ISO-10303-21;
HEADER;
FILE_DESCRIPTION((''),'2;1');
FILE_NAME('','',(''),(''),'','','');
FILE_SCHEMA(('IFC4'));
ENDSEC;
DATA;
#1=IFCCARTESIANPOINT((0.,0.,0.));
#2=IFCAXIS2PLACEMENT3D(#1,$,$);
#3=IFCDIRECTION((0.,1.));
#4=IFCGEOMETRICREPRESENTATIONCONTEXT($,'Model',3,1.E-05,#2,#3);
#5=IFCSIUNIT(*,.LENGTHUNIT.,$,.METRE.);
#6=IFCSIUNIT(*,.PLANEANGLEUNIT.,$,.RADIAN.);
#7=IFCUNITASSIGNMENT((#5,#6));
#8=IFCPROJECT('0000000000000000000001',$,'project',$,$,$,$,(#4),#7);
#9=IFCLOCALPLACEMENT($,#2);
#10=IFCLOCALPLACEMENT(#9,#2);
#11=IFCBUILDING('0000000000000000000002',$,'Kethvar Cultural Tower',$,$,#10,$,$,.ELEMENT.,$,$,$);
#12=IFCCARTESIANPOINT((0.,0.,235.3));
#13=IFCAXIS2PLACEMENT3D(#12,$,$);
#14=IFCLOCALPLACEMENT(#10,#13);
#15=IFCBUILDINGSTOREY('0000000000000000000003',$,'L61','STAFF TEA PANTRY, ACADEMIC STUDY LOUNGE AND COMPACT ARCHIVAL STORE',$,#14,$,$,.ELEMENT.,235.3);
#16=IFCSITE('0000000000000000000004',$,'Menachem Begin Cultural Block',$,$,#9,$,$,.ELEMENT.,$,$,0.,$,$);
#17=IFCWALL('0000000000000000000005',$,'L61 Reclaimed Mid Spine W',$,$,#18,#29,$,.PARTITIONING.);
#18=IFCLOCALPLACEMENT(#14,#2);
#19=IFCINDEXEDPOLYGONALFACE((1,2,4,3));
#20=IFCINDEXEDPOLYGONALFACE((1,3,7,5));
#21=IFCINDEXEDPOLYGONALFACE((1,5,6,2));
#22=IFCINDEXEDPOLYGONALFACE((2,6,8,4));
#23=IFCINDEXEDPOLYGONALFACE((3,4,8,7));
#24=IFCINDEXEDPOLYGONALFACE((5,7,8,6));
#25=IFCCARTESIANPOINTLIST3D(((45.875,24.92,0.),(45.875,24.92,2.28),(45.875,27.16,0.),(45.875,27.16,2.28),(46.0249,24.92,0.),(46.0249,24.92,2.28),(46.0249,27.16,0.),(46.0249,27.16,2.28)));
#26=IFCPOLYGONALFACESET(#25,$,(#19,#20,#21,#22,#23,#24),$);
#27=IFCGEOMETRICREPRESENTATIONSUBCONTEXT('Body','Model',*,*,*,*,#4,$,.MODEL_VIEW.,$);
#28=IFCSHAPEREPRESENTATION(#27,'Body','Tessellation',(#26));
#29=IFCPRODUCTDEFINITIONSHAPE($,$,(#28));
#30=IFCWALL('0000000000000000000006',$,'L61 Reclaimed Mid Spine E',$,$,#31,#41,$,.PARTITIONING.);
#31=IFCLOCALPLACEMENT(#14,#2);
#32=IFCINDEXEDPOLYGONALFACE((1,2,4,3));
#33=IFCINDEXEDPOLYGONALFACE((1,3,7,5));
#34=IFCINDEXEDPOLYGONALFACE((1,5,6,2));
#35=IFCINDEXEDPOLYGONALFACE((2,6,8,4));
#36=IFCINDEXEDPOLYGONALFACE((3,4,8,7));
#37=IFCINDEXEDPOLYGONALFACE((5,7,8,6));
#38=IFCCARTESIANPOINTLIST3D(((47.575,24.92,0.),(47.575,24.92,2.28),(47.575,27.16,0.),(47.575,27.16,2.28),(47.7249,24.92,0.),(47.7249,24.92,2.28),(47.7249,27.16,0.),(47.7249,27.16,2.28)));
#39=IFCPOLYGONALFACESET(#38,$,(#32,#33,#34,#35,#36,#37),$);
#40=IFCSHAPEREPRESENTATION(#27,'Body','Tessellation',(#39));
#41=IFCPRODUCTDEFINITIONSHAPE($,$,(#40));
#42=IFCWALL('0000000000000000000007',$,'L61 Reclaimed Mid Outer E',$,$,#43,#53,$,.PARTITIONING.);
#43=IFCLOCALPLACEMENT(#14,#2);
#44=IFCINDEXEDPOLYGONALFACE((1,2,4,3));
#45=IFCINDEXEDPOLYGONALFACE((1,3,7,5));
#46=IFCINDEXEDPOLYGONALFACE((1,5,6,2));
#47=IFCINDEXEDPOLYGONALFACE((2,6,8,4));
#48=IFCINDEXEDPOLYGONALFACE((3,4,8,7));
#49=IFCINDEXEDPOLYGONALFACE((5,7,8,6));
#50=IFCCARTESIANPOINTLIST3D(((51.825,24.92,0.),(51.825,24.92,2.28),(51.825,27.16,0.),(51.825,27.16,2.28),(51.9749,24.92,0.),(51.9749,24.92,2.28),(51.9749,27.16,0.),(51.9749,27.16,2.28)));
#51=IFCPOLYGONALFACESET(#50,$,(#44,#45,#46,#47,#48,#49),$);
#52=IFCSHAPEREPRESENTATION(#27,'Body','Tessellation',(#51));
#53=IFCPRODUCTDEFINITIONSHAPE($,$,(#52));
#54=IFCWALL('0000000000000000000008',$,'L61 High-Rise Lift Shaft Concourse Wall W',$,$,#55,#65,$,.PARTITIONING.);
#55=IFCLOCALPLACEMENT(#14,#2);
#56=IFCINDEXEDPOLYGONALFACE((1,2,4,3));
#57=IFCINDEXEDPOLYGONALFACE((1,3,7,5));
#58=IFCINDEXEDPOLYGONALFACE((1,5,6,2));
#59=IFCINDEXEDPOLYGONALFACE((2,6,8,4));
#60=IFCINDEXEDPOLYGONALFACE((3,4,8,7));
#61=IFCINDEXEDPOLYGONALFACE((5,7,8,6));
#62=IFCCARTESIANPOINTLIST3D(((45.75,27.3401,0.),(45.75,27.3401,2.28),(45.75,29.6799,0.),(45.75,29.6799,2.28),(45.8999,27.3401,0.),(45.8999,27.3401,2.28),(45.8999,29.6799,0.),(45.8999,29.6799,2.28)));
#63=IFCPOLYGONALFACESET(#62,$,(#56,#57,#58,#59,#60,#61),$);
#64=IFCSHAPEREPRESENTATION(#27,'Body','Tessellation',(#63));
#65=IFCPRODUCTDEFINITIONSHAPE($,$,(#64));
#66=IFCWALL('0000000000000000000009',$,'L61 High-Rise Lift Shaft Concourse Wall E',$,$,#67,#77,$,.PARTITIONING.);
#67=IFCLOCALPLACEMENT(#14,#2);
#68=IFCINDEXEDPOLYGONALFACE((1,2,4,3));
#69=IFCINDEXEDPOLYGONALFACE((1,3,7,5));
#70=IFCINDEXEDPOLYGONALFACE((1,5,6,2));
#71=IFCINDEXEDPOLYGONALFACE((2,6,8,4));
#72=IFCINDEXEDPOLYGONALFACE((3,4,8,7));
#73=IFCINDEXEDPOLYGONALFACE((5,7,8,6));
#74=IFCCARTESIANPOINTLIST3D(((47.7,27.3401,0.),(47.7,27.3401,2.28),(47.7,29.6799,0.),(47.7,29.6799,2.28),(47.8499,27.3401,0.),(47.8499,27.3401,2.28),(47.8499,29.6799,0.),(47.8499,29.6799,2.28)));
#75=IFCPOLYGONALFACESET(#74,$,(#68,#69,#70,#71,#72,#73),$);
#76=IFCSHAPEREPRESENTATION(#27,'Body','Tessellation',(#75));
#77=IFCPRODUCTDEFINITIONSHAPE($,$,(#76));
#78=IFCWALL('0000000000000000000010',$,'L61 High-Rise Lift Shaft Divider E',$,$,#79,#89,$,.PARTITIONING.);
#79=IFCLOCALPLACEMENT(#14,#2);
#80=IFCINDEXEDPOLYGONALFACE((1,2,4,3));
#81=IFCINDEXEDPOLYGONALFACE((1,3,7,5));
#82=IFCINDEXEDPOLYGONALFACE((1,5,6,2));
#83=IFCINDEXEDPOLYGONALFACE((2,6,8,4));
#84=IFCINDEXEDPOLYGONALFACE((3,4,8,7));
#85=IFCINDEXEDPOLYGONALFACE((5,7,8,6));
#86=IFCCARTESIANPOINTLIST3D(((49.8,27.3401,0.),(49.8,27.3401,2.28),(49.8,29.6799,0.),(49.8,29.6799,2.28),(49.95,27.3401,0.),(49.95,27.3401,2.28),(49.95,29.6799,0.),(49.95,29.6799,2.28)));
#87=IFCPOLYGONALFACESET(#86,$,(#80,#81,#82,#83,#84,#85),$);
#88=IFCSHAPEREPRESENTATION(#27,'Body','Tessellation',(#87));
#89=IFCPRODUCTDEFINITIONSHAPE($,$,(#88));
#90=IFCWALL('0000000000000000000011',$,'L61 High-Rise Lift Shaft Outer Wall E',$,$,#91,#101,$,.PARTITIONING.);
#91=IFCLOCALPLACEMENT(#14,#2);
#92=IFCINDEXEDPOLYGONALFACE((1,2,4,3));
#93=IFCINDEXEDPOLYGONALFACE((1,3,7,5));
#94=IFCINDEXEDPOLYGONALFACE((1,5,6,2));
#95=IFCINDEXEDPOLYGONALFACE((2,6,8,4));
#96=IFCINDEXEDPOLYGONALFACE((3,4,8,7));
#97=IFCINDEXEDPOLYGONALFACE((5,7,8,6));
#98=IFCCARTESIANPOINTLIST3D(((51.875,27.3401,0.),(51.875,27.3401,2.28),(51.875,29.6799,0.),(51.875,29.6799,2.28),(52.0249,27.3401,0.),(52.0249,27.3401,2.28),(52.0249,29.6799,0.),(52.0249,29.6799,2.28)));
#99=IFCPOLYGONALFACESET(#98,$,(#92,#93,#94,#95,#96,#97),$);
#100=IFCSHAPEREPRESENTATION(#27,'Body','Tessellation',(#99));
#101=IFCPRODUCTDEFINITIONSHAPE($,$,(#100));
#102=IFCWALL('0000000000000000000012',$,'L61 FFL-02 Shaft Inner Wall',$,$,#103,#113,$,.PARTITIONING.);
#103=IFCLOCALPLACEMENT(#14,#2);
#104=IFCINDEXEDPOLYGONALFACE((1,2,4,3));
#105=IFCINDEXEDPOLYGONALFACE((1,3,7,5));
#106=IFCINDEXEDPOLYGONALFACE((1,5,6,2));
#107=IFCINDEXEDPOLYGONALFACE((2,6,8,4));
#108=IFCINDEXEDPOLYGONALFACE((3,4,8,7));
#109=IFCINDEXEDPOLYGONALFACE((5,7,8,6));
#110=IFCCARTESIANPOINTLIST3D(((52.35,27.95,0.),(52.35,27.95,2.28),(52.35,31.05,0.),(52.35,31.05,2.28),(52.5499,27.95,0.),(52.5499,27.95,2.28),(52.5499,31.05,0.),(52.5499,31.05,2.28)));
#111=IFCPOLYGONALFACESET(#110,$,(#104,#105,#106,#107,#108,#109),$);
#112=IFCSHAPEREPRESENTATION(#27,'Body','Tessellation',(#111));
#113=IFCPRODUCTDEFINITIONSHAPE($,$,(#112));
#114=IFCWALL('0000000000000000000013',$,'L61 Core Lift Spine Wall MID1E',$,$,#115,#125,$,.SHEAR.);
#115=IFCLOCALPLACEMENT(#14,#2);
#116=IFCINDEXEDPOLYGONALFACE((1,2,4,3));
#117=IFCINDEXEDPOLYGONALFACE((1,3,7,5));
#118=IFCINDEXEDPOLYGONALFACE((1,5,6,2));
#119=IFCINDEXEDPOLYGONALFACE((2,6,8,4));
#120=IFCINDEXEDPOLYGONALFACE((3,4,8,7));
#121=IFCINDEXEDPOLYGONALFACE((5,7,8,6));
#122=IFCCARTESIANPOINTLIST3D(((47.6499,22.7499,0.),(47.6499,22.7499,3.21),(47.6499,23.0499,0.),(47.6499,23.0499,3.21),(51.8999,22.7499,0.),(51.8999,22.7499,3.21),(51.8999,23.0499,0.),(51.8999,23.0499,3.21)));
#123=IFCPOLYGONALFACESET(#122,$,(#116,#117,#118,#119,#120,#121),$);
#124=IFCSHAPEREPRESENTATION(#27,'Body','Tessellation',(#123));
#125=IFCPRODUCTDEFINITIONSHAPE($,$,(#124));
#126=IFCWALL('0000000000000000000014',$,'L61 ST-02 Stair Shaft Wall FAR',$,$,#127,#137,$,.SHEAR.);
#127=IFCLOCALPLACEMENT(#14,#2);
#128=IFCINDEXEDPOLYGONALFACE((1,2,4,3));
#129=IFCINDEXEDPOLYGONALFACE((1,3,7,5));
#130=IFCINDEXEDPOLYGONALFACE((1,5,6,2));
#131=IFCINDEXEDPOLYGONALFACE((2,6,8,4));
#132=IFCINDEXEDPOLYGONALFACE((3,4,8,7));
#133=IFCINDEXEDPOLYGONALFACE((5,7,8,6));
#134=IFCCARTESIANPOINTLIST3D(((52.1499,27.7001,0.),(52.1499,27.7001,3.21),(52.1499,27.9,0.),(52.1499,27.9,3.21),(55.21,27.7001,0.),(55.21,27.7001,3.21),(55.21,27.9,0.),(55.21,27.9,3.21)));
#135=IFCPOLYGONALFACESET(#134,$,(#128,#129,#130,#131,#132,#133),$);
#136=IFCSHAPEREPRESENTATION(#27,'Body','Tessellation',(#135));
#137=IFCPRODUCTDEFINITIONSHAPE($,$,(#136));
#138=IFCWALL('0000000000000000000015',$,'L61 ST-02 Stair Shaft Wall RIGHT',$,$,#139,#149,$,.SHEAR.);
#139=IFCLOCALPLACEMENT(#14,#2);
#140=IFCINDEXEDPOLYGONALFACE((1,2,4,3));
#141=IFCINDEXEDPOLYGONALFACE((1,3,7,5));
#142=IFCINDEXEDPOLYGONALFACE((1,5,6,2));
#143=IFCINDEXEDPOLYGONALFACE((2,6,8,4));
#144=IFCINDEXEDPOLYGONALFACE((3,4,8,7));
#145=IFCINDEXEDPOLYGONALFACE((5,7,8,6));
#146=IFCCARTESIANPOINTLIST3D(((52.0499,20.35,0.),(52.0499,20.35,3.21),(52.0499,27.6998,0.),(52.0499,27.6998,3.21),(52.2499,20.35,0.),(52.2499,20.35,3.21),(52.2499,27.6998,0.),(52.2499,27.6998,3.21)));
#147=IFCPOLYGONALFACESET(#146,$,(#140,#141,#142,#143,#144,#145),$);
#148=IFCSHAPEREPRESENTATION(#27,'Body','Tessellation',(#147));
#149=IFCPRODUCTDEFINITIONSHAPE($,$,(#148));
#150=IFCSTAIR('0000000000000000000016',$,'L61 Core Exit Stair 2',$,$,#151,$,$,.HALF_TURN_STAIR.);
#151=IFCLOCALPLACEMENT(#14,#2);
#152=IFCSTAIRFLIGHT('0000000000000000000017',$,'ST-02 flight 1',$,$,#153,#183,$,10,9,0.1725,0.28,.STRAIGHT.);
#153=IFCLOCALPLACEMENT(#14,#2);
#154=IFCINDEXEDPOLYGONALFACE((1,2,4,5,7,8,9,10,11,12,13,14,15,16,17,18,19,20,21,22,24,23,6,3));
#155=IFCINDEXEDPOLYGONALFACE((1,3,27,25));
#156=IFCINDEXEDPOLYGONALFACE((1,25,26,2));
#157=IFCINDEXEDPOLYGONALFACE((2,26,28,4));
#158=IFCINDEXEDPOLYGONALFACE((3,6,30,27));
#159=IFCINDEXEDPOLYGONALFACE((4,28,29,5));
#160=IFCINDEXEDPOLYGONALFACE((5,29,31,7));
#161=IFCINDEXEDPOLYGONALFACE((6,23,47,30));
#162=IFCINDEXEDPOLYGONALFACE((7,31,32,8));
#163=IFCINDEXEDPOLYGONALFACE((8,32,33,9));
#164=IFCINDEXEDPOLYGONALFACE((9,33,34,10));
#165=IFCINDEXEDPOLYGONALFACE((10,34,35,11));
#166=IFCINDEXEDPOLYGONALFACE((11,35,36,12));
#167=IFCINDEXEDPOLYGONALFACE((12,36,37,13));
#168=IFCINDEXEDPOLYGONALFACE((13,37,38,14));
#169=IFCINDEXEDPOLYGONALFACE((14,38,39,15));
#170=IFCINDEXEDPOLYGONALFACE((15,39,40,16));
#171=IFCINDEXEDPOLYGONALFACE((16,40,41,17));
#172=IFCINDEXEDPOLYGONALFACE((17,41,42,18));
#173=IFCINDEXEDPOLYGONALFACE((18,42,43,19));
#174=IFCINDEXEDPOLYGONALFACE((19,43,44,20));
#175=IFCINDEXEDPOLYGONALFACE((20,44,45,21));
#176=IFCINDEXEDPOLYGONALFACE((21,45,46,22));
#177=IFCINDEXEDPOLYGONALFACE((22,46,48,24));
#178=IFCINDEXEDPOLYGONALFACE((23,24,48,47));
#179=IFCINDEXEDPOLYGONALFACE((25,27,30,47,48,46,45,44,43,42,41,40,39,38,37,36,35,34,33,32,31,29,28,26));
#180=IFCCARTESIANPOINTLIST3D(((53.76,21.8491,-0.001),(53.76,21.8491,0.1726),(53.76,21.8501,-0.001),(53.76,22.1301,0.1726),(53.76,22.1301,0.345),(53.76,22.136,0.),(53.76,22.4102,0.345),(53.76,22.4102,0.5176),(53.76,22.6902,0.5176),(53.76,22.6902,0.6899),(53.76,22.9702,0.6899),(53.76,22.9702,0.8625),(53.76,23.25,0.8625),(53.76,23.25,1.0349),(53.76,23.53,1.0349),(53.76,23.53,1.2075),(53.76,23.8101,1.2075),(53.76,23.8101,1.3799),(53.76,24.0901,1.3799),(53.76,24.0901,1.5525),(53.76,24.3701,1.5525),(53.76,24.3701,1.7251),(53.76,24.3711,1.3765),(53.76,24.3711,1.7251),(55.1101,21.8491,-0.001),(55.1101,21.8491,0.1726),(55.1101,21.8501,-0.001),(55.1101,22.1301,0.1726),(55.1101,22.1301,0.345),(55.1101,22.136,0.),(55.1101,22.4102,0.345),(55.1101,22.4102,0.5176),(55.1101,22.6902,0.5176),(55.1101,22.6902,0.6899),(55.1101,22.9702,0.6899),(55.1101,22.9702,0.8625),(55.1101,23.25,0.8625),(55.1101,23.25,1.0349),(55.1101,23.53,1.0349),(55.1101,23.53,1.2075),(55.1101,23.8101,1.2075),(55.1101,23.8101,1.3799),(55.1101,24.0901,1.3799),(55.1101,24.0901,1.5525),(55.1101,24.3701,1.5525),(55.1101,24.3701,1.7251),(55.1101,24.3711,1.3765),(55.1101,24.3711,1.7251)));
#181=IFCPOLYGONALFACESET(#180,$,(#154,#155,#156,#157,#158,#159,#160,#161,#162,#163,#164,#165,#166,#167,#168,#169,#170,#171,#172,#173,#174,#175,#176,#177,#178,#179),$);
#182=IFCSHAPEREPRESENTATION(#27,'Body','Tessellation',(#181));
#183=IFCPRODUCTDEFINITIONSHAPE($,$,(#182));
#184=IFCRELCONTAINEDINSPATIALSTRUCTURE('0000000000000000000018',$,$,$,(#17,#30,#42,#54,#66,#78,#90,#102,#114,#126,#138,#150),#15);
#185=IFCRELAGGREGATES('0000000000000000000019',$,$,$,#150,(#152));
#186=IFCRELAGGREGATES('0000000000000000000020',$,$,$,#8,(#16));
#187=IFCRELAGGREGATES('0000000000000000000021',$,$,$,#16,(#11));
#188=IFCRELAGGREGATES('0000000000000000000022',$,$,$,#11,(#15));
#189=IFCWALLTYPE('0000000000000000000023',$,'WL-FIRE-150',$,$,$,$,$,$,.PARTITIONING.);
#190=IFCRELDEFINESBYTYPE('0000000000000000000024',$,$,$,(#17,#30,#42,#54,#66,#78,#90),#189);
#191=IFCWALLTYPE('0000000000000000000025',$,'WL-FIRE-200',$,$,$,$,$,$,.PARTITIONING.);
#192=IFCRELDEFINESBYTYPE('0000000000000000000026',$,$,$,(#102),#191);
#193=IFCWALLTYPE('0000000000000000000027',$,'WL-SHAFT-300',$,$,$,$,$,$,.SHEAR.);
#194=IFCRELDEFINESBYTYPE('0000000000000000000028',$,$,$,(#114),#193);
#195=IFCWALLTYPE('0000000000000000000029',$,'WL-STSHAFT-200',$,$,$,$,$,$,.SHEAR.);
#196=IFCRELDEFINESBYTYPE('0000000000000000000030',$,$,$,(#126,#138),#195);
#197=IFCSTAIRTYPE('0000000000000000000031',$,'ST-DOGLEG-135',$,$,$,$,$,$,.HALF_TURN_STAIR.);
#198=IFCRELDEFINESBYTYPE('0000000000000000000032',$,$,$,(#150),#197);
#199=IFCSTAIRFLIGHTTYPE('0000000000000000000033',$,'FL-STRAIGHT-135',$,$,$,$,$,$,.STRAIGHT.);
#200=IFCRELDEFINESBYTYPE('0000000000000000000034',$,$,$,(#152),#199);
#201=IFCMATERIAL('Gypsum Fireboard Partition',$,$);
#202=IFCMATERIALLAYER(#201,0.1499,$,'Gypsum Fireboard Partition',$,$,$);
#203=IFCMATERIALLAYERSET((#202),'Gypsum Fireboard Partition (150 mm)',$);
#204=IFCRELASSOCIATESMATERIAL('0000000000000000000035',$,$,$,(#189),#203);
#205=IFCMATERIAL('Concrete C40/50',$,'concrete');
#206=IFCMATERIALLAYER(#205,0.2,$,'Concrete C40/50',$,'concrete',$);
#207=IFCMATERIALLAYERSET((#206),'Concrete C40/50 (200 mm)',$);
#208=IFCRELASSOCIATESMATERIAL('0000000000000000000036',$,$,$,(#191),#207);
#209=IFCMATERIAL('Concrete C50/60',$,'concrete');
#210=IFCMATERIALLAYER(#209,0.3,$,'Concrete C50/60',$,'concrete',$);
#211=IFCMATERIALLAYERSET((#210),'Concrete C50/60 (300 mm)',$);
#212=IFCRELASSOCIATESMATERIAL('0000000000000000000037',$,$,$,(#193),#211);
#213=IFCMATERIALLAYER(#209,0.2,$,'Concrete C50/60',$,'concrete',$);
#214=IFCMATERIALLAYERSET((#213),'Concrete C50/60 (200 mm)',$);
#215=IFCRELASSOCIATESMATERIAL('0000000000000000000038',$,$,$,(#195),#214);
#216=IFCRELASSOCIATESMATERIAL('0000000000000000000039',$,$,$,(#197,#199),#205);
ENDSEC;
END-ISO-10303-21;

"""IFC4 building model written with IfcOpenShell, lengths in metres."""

from ifc_helpers import new_model, si_unit, direction, frame, frame_2d, origin, place, context, subcontext, project, spatial, polyline, rectangle, outline, extrude, material, layer, layer_set, type_object, element, aggregate, save


model = new_model("IFC4")

# Units and contexts
model_context = context("Model", 3, precision=1e-05, world=origin(), true_north=direction((0.0, 1.0)))
body_context = subcontext(model_context, "Body", "Model", "MODEL_VIEW")
ifc_project = project(units=[si_unit("LENGTHUNIT", "METRE"), si_unit("PLANEANGLEUNIT", "RADIAN")], contexts=[model_context])

# Site, building, storey
site_placement = place(None, origin())
site = spatial("IfcSite", under=ifc_project, at=site_placement, Name="Menachem Begin Cultural Block", CompositionType="ELEMENT", RefElevation=0.0)
building_placement = place(site_placement, origin())
building = spatial("IfcBuilding", under=site, at=building_placement, Name="Kethvar Cultural Tower", CompositionType="ELEMENT")
storey_placement = place(building_placement, frame((0.0, 0.0, 235.3)))
storey = spatial("IfcBuildingStorey", under=building, at=storey_placement, Name="L61", Description="STAFF TEA PANTRY, ACADEMIC STUDY LOUNGE AND COMPACT ARCHIVAL STORE", CompositionType="ELEMENT", Elevation=235.3)

# Walls
ifc_material_1 = material(Name="Gypsum Fireboard Partition")
ifc_layer_1 = layer(ifc_material_1, 0.1499, Name="Gypsum Fireboard Partition")
ifc_layer_set_1 = layer_set([ifc_layer_1], Name="Gypsum Fireboard Partition (150 mm)")
wall_type_1 = type_object("IfcWallType", Name="WL-FIRE-150", PredefinedType="PARTITIONING", material=ifc_layer_set_1)
for number, where, z_axis, x_axis, name in (
    (1, (45.95, 24.9199, 0.0), (0.0, 0.0, 1.0), (0.0, 1.0, 0.0), "L61 Reclaimed Mid Spine W"),
    (2, (47.6499, 24.9199, 0.0), (0.0, 0.0, 1.0), (0.0, 1.0, 0.0), "L61 Reclaimed Mid Spine E"),
    (3, (51.8999, 24.9199, 0.0), (0.0, 0.0, 1.0), (0.0, 1.0, 0.0), "L61 Reclaimed Mid Outer E"),
):
    element("IfcWall", number, at=place(storey_placement, frame(where, z_axis=z_axis, x_axis=x_axis)), inside=storey, type_object=wall_type_1, Name=name, PredefinedType="PARTITIONING", context=body_context, shape_type="SweptSolid", body=[
        extrude(rectangle(XDim=2.24, YDim=0.1499, at=frame_2d((1.1201, 0.0))), origin(), (0.0, 0.0, 1.0), 2.28),
    ])
for number, where, z_axis, x_axis, name in (
    (4, (45.825, 27.3401, 0.0), (0.0, 0.0, 1.0), (0.0, 1.0, 0.0), "L61 High-Rise Lift Shaft Concourse Wall W"),
    (5, (47.7749, 27.3401, 0.0), (0.0, 0.0, 1.0), (0.0, 1.0, 0.0), "L61 High-Rise Lift Shaft Concourse Wall E"),
    (6, (49.875, 27.3401, 0.0), (0.0, 0.0, 1.0), (0.0, 1.0, 0.0), "L61 High-Rise Lift Shaft Divider E"),
    (7, (51.95, 27.3401, 0.0), (0.0, 0.0, 1.0), (0.0, 1.0, 0.0), "L61 High-Rise Lift Shaft Outer Wall E"),
):
    element("IfcWall", number, at=place(storey_placement, frame(where, z_axis=z_axis, x_axis=x_axis)), inside=storey, type_object=wall_type_1, Name=name, PredefinedType="PARTITIONING", context=body_context, shape_type="SweptSolid", body=[
        extrude(rectangle(XDim=2.3398, YDim=0.1499, at=frame_2d((1.1699, 0.0))), origin(), (0.0, 0.0, 1.0), 2.28),
    ])
ifc_material_2 = material(Name="Concrete C40/50", Category="concrete")
ifc_layer_2 = layer(ifc_material_2, 0.2, Name="Concrete C40/50", Category="concrete")
ifc_layer_set_2 = layer_set([ifc_layer_2], Name="Concrete C40/50 (200 mm)")
wall_type_2 = type_object("IfcWallType", Name="WL-FIRE-200", PredefinedType="PARTITIONING", material=ifc_layer_set_2)
wall_1_placement = place(storey_placement, frame((52.45, 27.95, 0.0), z_axis=(0.0, 0.0, 1.0), x_axis=(0.0, 1.0, 0.0)))
element("IfcWall", 8, at=wall_1_placement, inside=storey, type_object=wall_type_2, Name="L61 FFL-02 Shaft Inner Wall", PredefinedType="PARTITIONING", context=body_context, shape_type="SweptSolid", body=[
    extrude(rectangle(XDim=3.1001, YDim=0.2, at=frame_2d((1.55, 0.0))), origin(), (0.0, 0.0, 1.0), 2.28),
])
ifc_material_3 = material(Name="Concrete C50/60", Category="concrete")
ifc_layer_3 = layer(ifc_material_3, 0.3, Name="Concrete C50/60", Category="concrete")
ifc_layer_set_3 = layer_set([ifc_layer_3], Name="Concrete C50/60 (300 mm)")
wall_type_3 = type_object("IfcWallType", Name="WL-SHAFT-300", PredefinedType="SHEAR", material=ifc_layer_set_3)
wall_2_placement = place(storey_placement, frame((47.6499, 22.8999, 0.0), z_axis=(0.0, 0.0, 1.0), x_axis=(1.0, 0.0, 0.0)))
element("IfcWall", 9, at=wall_2_placement, inside=storey, type_object=wall_type_3, Name="L61 Core Lift Spine Wall MID1E", PredefinedType="SHEAR", context=body_context, shape_type="SweptSolid", body=[
    extrude(rectangle(XDim=4.25, YDim=0.3, at=frame_2d((2.125, 0.0))), origin(), (0.0, 0.0, 1.0), 3.21),
])

# Walls
ifc_layer_4 = layer(ifc_material_3, 0.2, Name="Concrete C50/60", Category="concrete")
ifc_layer_set_4 = layer_set([ifc_layer_4], Name="Concrete C50/60 (200 mm)")
wall_type_4 = type_object("IfcWallType", Name="WL-STSHAFT-200", PredefinedType="SHEAR", material=ifc_layer_set_4)
wall_3_placement = place(storey_placement, frame((52.1499, 27.8, 0.0), z_axis=(0.0, 0.0, 1.0), x_axis=(1.0, 0.0, 0.0)))
element("IfcWall", 10, at=wall_3_placement, inside=storey, type_object=wall_type_4, Name="L61 ST-02 Stair Shaft Wall FAR", PredefinedType="SHEAR", context=body_context, shape_type="SweptSolid", body=[
    extrude(rectangle(XDim=3.0601, YDim=0.2, at=frame_2d((1.53, 0.0))), origin(), (0.0, 0.0, 1.0), 3.21),
])
wall_4_placement = place(storey_placement, frame((52.1499, 20.3501, 0.0), z_axis=(0.0, 0.0, 1.0), x_axis=(0.0, 1.0, 0.0)))
element("IfcWall", 11, at=wall_4_placement, inside=storey, type_object=wall_type_4, Name="L61 ST-02 Stair Shaft Wall RIGHT", PredefinedType="SHEAR", context=body_context, shape_type="SweptSolid", body=[
    extrude(rectangle(XDim=7.3499, YDim=0.2, at=frame_2d((3.6748, 0.0))), origin(), (0.0, 0.0, 1.0), 3.21),
])

# Stair, stair flight
stair_type = type_object("IfcStairType", Name="ST-DOGLEG-135", PredefinedType="HALF_TURN_STAIR", material=ifc_material_2)
stair_placement = place(storey_placement, origin())
stair = element("IfcStair", 12, at=stair_placement, inside=storey, type_object=stair_type, Name="L61 Core Exit Stair 2", PredefinedType="HALF_TURN_STAIR")
stair_flight_type = type_object("IfcStairFlightType", Name="FL-STRAIGHT-135", PredefinedType="STRAIGHT", material=ifc_material_2)
stair_flight_1_placement = place(storey_placement, frame((54.4351, 21.8501, 0.0), z_axis=(0.0, 0.0, 1.0), x_axis=(0.0, 1.0, 0.0)))
stair_flight_1 = element("IfcStairFlight", 13, at=stair_flight_1_placement, type_object=stair_flight_type, Name="ST-02 flight 1", NumberOfRisers=10, NumberOfTreads=9, PredefinedType="STRAIGHT", RiserHeight=0.1725, TreadLength=0.28, context=body_context, shape_type="SweptSolid", body=[
    extrude(outline(polyline([(-0.001, -0.001), (-0.001, 0.1726), (0.28, 0.1726), (0.28, 0.345), (0.5601, 0.345), (0.5601, 0.5176), (0.8401, 0.5176), (0.8401, 0.6899), (1.1201, 0.6899), (1.1201, 0.8625), (1.3999, 0.8625), (1.3999, 1.0349), (1.6799, 1.0349), (1.6799, 1.2075), (1.96, 1.2075), (1.96, 1.3799), (2.24, 1.3799), (2.24, 1.5525), (2.52, 1.5525), (2.52, 1.7251), (2.521, 1.7251), (2.521, 1.3765), (0.2859, 0.0), (0.0, -0.001), (-0.001, -0.001)])), frame((0.0, 0.675, 0.0), z_axis=(0.0, -1.0, 0.0), x_axis=(1.0, 0.0, 0.0)), (0.0, 0.0, 1.0), 1.3501),
])
aggregate(stair, [stair_flight_1])

save(model, "model.ifc")
